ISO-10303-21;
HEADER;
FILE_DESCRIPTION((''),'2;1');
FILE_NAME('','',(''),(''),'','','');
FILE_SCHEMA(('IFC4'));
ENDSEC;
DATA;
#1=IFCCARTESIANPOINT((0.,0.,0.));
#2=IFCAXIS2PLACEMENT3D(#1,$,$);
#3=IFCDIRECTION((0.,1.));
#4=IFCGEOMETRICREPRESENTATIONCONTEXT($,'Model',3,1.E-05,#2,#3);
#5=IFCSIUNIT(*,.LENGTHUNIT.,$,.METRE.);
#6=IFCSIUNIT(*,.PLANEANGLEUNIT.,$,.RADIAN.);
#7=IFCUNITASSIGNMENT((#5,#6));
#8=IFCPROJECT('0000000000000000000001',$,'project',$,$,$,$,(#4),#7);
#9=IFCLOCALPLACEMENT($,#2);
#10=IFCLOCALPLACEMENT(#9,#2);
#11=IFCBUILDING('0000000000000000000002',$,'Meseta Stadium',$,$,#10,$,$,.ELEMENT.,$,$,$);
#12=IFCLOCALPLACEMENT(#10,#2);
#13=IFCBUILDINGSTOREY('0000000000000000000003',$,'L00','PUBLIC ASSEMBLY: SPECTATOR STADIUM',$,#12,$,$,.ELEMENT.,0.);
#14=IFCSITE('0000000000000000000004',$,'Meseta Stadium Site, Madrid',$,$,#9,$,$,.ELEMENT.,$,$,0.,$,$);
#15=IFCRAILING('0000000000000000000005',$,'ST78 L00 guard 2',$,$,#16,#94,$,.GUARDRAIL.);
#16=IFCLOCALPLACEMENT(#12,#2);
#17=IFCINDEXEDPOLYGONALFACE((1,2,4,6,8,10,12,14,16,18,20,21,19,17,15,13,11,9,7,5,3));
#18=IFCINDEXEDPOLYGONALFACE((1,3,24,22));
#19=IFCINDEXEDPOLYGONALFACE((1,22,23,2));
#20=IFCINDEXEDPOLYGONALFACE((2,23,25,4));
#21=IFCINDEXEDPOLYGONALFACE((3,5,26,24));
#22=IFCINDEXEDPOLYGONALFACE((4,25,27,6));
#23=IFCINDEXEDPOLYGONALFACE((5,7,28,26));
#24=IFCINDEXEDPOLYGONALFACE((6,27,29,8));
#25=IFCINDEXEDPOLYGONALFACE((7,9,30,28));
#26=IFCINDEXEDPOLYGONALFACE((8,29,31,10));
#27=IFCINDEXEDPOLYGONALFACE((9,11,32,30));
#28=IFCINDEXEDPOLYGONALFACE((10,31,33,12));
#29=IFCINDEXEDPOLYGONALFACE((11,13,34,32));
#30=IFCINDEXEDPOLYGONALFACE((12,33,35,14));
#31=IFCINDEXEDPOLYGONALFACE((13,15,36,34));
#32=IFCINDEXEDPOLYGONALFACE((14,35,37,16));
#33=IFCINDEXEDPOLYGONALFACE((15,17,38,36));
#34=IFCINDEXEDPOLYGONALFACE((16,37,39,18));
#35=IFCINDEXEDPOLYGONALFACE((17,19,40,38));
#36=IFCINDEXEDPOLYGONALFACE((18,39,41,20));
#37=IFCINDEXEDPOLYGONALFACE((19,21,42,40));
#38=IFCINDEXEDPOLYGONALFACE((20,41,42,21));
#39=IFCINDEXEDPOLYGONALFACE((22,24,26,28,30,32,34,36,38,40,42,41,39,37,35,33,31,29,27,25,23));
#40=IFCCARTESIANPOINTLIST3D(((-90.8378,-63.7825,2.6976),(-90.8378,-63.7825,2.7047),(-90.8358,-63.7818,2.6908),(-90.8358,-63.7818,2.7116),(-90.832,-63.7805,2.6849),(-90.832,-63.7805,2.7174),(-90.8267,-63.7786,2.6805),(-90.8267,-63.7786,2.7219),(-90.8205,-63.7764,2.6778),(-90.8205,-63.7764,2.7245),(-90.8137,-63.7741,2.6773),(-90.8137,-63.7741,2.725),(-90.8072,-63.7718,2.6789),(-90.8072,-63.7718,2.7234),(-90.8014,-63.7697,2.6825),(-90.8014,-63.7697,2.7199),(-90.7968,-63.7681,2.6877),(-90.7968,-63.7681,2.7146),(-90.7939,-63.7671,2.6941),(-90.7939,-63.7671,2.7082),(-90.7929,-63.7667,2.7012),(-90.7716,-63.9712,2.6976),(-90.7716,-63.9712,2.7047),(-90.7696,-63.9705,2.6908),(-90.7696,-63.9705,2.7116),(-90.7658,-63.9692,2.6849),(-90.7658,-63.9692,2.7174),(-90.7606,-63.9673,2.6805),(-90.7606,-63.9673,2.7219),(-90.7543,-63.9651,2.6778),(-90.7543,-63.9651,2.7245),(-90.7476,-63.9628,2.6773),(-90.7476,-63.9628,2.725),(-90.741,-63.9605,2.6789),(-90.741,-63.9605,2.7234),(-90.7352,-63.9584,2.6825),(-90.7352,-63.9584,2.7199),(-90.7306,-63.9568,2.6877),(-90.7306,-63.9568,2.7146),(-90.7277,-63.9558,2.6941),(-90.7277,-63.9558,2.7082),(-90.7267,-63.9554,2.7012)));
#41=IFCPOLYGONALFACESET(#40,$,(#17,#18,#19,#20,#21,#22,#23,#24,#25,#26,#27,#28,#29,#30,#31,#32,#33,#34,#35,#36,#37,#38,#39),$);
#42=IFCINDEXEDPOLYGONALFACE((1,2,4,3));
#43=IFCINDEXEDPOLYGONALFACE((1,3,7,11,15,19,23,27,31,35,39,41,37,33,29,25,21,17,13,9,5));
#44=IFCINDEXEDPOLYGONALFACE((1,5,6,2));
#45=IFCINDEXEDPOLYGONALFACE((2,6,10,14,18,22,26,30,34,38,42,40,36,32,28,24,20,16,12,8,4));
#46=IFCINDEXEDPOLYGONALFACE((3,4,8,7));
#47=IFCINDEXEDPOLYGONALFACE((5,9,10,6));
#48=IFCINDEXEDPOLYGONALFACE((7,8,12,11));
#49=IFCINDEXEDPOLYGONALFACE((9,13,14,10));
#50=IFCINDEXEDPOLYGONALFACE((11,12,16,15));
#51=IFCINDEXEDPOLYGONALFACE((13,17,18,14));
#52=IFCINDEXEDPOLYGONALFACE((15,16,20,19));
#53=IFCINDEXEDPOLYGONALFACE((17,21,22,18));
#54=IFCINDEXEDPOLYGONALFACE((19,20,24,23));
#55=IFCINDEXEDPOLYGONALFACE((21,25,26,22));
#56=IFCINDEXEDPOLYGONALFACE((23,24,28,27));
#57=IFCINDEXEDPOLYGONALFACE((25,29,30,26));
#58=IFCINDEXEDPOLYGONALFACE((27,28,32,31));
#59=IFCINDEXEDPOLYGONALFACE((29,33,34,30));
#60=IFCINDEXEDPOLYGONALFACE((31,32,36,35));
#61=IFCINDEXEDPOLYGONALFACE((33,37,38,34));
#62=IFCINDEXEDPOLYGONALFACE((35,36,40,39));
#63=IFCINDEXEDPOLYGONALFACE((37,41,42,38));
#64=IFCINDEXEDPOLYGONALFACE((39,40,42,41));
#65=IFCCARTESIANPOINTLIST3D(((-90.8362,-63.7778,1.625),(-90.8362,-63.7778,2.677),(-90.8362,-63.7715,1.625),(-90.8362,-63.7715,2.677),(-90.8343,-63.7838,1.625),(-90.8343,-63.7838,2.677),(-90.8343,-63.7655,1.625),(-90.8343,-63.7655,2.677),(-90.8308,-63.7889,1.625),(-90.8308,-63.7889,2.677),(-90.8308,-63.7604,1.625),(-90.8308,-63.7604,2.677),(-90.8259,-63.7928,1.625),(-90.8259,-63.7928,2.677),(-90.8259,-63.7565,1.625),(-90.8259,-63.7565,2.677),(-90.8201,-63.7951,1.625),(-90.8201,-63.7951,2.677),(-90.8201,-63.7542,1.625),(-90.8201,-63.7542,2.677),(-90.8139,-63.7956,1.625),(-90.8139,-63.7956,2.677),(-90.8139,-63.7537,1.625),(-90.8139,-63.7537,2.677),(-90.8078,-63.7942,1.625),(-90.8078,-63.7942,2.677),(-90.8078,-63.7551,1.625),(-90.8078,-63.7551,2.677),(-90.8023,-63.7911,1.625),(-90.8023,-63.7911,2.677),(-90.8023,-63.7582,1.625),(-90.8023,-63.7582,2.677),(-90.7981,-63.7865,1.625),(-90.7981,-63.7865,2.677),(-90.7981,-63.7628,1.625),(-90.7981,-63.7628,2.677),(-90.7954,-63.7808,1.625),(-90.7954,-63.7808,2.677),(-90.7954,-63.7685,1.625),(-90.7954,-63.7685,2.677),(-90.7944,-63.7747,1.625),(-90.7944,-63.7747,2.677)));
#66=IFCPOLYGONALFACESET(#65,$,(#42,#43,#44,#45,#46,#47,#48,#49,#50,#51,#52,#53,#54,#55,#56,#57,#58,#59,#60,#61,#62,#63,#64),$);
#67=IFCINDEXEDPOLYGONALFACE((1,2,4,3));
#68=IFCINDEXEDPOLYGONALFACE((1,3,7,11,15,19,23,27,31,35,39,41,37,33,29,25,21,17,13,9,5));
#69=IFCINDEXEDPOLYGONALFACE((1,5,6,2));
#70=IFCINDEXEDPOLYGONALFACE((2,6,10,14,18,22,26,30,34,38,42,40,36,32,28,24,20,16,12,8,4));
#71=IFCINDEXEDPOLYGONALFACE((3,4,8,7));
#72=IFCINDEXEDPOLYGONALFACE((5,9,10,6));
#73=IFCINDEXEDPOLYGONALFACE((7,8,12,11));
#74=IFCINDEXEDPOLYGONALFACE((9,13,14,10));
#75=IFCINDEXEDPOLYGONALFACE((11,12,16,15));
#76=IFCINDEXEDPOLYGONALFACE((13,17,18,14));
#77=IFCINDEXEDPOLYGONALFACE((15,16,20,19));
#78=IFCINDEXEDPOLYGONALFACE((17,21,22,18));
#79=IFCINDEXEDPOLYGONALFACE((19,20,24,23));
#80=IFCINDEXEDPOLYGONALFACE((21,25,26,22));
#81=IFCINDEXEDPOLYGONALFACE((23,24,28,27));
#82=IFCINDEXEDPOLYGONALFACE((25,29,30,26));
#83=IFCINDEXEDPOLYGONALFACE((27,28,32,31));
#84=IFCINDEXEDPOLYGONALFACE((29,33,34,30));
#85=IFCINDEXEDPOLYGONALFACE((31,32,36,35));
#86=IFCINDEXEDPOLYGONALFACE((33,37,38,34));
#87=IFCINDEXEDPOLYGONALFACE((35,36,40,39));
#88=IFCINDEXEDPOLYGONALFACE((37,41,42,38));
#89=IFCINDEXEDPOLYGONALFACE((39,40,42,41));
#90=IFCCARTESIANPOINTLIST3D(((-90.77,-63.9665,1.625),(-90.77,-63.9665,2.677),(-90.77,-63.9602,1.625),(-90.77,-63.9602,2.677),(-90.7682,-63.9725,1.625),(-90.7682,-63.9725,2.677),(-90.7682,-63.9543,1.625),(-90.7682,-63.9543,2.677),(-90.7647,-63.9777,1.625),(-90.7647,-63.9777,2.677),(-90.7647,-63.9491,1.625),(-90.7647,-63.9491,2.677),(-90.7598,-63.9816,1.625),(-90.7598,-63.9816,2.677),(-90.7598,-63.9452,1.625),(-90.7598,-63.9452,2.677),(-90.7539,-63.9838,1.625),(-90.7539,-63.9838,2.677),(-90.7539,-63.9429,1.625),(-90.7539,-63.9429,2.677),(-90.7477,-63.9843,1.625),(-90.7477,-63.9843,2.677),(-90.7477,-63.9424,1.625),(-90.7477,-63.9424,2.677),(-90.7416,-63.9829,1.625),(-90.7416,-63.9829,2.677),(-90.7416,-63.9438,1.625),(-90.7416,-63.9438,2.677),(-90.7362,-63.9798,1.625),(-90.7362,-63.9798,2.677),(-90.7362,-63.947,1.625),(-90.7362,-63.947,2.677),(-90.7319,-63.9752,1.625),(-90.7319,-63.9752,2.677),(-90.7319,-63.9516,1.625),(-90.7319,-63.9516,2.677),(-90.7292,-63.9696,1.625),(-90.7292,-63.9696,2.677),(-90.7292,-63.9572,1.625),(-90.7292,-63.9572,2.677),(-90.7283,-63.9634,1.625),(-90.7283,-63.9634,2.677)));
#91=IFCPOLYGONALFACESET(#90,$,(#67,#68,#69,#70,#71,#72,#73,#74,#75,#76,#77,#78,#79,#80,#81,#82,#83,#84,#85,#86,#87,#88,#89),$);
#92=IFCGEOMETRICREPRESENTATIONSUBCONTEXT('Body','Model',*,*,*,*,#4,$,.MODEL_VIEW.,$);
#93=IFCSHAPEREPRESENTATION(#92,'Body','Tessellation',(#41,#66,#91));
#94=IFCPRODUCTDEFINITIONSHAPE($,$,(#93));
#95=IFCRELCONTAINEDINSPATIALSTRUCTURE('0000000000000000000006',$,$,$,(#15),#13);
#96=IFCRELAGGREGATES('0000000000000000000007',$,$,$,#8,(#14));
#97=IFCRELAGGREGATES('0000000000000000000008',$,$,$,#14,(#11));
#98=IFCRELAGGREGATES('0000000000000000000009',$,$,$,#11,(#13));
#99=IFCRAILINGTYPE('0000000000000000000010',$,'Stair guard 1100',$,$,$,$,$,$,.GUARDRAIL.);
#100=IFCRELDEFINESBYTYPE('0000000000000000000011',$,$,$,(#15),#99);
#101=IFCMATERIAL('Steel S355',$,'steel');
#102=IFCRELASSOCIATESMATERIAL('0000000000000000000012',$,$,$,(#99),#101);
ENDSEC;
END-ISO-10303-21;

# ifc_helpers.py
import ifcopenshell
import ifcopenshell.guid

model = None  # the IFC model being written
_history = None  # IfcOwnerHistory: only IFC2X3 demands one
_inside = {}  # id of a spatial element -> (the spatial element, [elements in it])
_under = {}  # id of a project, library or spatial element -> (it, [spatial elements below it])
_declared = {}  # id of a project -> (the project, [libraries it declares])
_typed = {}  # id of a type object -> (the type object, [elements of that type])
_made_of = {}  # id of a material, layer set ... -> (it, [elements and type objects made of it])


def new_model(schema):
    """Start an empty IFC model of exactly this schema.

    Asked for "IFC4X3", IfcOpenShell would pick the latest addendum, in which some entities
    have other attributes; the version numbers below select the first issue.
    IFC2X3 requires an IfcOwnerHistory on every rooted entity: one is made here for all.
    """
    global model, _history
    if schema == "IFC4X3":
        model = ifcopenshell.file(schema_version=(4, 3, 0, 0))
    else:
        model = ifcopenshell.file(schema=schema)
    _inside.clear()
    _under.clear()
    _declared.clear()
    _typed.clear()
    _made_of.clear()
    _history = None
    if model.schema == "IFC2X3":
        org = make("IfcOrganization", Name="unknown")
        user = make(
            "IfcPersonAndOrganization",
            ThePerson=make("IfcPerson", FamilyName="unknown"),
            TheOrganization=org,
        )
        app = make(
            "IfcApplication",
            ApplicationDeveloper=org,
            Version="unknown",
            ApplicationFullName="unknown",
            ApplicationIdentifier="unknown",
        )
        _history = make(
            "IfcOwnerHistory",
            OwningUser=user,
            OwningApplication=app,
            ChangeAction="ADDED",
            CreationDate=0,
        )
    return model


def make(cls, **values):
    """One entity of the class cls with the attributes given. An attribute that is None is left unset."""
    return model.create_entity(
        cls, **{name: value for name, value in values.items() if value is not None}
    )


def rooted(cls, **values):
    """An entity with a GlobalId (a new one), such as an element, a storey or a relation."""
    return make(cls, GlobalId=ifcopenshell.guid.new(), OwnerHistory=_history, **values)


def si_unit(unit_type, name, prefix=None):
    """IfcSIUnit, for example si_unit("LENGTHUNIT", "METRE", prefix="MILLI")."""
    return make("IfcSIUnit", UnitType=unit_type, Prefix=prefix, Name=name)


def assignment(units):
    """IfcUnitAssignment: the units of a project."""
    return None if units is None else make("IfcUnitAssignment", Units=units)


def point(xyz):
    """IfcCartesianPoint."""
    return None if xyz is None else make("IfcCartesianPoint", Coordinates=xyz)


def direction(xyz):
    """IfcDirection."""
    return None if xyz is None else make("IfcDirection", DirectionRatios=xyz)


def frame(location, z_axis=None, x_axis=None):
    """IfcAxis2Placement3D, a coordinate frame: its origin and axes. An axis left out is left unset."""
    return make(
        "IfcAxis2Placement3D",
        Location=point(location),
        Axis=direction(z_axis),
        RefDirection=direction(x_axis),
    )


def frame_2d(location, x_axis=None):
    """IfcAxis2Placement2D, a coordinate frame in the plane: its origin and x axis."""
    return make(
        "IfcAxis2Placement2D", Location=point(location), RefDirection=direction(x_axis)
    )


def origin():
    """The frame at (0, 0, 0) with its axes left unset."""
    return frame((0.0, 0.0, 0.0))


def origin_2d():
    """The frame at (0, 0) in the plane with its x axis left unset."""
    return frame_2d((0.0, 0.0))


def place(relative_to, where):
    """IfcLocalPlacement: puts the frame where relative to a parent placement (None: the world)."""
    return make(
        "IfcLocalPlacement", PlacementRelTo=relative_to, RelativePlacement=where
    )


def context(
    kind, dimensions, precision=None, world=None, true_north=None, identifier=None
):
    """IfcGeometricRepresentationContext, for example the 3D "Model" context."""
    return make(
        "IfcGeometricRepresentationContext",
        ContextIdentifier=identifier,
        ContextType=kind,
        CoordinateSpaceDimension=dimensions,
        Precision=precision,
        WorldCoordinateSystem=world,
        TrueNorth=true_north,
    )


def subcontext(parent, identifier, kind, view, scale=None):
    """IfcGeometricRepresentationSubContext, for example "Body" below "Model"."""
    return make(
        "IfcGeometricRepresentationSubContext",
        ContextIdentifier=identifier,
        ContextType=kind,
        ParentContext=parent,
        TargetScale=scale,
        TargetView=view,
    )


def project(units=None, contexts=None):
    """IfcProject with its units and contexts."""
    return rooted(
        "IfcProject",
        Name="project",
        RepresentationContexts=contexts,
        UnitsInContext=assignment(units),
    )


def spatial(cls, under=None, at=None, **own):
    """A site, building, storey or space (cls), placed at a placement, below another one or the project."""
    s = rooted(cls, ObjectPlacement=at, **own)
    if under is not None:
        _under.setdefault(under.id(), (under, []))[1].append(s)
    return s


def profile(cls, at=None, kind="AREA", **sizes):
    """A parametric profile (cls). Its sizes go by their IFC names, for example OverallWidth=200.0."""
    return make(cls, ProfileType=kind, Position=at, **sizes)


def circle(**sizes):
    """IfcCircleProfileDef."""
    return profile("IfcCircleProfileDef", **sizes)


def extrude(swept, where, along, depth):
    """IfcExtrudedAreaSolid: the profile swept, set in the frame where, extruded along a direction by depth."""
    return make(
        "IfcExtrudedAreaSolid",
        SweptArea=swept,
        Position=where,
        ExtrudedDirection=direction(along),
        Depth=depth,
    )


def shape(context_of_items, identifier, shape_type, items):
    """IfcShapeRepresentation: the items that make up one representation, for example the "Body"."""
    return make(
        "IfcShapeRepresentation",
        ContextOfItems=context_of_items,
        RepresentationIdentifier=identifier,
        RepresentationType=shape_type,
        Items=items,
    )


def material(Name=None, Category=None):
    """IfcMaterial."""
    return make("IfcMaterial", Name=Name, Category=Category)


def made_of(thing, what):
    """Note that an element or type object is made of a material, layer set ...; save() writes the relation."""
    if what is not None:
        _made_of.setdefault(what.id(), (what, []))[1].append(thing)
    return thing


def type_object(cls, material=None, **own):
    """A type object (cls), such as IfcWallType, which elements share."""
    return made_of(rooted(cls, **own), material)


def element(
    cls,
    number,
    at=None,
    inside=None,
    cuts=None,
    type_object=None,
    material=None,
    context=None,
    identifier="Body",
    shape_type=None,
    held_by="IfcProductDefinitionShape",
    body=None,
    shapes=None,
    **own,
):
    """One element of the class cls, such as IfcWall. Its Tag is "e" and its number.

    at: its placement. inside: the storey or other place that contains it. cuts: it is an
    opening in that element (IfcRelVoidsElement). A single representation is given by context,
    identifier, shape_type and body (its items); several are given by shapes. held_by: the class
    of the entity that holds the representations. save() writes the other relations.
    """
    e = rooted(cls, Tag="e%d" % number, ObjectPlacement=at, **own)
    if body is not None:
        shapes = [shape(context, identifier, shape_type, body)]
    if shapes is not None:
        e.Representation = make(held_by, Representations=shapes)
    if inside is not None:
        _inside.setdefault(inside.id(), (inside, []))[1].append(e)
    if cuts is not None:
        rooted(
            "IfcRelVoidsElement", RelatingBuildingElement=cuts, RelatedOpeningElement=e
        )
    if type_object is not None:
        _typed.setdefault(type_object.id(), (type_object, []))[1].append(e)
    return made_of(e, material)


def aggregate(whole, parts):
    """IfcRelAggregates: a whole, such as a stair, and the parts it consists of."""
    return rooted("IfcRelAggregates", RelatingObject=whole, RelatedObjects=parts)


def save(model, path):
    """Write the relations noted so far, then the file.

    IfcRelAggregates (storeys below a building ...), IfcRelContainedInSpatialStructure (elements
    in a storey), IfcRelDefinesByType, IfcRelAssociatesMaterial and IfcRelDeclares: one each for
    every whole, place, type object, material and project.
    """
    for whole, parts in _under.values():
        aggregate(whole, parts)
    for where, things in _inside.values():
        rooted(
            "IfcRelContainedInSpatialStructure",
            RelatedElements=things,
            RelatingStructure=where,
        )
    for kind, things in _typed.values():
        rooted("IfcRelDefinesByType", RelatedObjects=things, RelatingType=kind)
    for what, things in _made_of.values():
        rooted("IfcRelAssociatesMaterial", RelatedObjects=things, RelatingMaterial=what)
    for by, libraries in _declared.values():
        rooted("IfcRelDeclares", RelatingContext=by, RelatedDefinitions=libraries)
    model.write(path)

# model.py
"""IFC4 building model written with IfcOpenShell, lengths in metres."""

from ifc_helpers import new_model, si_unit, direction, frame, origin, origin_2d, place, context, subcontext, project, spatial, circle, extrude, material, type_object, element, save


model = new_model("IFC4")

# Units and contexts
model_context = context("Model", 3, precision=1e-05, world=origin(), true_north=direction((0.0, 1.0)))
body_context = subcontext(model_context, "Body", "Model", "MODEL_VIEW")
ifc_project = project(units=[si_unit("LENGTHUNIT", "METRE"), si_unit("PLANEANGLEUNIT", "RADIAN")], contexts=[model_context])

# Site, building, storey
site_placement = place(None, origin())
site = spatial("IfcSite", under=ifc_project, at=site_placement, Name="Meseta Stadium Site, Madrid", CompositionType="ELEMENT", RefElevation=0.0)
building_placement = place(site_placement, origin())
building = spatial("IfcBuilding", under=site, at=building_placement, Name="Meseta Stadium", CompositionType="ELEMENT")
storey_placement = place(building_placement, origin())
storey = spatial("IfcBuildingStorey", under=building, at=storey_placement, Name="L00", Description="PUBLIC ASSEMBLY: SPECTATOR STADIUM", CompositionType="ELEMENT", Elevation=0.0)

# Railing
ifc_material_1 = material(Name="Steel S355", Category="steel")
railing_type_1 = type_object("IfcRailingType", Name="Stair guard 1100", PredefinedType="GUARDRAIL", material=ifc_material_1)
railing_1_placement = place(storey_placement, frame((-90.8154, -63.7747, 1.625)))
element("IfcRailing", 1, at=railing_1_placement, inside=storey, type_object=railing_type_1, Name="ST78 L00 guard 2", PredefinedType="GUARDRAIL", context=body_context, shape_type="SweptSolid", body=[
    extrude(circle(Radius=0.0239, at=origin_2d()), frame((0.0, 0.0, 1.0762), z_axis=(0.33084, -0.943687, 0.0), x_axis=(0.943687, 0.33084, 0.0)), (0.0, 0.0, 1.0), 0.2),
    extrude(circle(Radius=0.021, at=origin_2d()), origin(), (0.0, 0.0, 1.0), 1.052),
    extrude(circle(Radius=0.021, at=origin_2d()), frame((0.0662, -0.1887, 0.0)), (0.0, 0.0, 1.0), 1.052),
])

save(model, "model.ifc")
